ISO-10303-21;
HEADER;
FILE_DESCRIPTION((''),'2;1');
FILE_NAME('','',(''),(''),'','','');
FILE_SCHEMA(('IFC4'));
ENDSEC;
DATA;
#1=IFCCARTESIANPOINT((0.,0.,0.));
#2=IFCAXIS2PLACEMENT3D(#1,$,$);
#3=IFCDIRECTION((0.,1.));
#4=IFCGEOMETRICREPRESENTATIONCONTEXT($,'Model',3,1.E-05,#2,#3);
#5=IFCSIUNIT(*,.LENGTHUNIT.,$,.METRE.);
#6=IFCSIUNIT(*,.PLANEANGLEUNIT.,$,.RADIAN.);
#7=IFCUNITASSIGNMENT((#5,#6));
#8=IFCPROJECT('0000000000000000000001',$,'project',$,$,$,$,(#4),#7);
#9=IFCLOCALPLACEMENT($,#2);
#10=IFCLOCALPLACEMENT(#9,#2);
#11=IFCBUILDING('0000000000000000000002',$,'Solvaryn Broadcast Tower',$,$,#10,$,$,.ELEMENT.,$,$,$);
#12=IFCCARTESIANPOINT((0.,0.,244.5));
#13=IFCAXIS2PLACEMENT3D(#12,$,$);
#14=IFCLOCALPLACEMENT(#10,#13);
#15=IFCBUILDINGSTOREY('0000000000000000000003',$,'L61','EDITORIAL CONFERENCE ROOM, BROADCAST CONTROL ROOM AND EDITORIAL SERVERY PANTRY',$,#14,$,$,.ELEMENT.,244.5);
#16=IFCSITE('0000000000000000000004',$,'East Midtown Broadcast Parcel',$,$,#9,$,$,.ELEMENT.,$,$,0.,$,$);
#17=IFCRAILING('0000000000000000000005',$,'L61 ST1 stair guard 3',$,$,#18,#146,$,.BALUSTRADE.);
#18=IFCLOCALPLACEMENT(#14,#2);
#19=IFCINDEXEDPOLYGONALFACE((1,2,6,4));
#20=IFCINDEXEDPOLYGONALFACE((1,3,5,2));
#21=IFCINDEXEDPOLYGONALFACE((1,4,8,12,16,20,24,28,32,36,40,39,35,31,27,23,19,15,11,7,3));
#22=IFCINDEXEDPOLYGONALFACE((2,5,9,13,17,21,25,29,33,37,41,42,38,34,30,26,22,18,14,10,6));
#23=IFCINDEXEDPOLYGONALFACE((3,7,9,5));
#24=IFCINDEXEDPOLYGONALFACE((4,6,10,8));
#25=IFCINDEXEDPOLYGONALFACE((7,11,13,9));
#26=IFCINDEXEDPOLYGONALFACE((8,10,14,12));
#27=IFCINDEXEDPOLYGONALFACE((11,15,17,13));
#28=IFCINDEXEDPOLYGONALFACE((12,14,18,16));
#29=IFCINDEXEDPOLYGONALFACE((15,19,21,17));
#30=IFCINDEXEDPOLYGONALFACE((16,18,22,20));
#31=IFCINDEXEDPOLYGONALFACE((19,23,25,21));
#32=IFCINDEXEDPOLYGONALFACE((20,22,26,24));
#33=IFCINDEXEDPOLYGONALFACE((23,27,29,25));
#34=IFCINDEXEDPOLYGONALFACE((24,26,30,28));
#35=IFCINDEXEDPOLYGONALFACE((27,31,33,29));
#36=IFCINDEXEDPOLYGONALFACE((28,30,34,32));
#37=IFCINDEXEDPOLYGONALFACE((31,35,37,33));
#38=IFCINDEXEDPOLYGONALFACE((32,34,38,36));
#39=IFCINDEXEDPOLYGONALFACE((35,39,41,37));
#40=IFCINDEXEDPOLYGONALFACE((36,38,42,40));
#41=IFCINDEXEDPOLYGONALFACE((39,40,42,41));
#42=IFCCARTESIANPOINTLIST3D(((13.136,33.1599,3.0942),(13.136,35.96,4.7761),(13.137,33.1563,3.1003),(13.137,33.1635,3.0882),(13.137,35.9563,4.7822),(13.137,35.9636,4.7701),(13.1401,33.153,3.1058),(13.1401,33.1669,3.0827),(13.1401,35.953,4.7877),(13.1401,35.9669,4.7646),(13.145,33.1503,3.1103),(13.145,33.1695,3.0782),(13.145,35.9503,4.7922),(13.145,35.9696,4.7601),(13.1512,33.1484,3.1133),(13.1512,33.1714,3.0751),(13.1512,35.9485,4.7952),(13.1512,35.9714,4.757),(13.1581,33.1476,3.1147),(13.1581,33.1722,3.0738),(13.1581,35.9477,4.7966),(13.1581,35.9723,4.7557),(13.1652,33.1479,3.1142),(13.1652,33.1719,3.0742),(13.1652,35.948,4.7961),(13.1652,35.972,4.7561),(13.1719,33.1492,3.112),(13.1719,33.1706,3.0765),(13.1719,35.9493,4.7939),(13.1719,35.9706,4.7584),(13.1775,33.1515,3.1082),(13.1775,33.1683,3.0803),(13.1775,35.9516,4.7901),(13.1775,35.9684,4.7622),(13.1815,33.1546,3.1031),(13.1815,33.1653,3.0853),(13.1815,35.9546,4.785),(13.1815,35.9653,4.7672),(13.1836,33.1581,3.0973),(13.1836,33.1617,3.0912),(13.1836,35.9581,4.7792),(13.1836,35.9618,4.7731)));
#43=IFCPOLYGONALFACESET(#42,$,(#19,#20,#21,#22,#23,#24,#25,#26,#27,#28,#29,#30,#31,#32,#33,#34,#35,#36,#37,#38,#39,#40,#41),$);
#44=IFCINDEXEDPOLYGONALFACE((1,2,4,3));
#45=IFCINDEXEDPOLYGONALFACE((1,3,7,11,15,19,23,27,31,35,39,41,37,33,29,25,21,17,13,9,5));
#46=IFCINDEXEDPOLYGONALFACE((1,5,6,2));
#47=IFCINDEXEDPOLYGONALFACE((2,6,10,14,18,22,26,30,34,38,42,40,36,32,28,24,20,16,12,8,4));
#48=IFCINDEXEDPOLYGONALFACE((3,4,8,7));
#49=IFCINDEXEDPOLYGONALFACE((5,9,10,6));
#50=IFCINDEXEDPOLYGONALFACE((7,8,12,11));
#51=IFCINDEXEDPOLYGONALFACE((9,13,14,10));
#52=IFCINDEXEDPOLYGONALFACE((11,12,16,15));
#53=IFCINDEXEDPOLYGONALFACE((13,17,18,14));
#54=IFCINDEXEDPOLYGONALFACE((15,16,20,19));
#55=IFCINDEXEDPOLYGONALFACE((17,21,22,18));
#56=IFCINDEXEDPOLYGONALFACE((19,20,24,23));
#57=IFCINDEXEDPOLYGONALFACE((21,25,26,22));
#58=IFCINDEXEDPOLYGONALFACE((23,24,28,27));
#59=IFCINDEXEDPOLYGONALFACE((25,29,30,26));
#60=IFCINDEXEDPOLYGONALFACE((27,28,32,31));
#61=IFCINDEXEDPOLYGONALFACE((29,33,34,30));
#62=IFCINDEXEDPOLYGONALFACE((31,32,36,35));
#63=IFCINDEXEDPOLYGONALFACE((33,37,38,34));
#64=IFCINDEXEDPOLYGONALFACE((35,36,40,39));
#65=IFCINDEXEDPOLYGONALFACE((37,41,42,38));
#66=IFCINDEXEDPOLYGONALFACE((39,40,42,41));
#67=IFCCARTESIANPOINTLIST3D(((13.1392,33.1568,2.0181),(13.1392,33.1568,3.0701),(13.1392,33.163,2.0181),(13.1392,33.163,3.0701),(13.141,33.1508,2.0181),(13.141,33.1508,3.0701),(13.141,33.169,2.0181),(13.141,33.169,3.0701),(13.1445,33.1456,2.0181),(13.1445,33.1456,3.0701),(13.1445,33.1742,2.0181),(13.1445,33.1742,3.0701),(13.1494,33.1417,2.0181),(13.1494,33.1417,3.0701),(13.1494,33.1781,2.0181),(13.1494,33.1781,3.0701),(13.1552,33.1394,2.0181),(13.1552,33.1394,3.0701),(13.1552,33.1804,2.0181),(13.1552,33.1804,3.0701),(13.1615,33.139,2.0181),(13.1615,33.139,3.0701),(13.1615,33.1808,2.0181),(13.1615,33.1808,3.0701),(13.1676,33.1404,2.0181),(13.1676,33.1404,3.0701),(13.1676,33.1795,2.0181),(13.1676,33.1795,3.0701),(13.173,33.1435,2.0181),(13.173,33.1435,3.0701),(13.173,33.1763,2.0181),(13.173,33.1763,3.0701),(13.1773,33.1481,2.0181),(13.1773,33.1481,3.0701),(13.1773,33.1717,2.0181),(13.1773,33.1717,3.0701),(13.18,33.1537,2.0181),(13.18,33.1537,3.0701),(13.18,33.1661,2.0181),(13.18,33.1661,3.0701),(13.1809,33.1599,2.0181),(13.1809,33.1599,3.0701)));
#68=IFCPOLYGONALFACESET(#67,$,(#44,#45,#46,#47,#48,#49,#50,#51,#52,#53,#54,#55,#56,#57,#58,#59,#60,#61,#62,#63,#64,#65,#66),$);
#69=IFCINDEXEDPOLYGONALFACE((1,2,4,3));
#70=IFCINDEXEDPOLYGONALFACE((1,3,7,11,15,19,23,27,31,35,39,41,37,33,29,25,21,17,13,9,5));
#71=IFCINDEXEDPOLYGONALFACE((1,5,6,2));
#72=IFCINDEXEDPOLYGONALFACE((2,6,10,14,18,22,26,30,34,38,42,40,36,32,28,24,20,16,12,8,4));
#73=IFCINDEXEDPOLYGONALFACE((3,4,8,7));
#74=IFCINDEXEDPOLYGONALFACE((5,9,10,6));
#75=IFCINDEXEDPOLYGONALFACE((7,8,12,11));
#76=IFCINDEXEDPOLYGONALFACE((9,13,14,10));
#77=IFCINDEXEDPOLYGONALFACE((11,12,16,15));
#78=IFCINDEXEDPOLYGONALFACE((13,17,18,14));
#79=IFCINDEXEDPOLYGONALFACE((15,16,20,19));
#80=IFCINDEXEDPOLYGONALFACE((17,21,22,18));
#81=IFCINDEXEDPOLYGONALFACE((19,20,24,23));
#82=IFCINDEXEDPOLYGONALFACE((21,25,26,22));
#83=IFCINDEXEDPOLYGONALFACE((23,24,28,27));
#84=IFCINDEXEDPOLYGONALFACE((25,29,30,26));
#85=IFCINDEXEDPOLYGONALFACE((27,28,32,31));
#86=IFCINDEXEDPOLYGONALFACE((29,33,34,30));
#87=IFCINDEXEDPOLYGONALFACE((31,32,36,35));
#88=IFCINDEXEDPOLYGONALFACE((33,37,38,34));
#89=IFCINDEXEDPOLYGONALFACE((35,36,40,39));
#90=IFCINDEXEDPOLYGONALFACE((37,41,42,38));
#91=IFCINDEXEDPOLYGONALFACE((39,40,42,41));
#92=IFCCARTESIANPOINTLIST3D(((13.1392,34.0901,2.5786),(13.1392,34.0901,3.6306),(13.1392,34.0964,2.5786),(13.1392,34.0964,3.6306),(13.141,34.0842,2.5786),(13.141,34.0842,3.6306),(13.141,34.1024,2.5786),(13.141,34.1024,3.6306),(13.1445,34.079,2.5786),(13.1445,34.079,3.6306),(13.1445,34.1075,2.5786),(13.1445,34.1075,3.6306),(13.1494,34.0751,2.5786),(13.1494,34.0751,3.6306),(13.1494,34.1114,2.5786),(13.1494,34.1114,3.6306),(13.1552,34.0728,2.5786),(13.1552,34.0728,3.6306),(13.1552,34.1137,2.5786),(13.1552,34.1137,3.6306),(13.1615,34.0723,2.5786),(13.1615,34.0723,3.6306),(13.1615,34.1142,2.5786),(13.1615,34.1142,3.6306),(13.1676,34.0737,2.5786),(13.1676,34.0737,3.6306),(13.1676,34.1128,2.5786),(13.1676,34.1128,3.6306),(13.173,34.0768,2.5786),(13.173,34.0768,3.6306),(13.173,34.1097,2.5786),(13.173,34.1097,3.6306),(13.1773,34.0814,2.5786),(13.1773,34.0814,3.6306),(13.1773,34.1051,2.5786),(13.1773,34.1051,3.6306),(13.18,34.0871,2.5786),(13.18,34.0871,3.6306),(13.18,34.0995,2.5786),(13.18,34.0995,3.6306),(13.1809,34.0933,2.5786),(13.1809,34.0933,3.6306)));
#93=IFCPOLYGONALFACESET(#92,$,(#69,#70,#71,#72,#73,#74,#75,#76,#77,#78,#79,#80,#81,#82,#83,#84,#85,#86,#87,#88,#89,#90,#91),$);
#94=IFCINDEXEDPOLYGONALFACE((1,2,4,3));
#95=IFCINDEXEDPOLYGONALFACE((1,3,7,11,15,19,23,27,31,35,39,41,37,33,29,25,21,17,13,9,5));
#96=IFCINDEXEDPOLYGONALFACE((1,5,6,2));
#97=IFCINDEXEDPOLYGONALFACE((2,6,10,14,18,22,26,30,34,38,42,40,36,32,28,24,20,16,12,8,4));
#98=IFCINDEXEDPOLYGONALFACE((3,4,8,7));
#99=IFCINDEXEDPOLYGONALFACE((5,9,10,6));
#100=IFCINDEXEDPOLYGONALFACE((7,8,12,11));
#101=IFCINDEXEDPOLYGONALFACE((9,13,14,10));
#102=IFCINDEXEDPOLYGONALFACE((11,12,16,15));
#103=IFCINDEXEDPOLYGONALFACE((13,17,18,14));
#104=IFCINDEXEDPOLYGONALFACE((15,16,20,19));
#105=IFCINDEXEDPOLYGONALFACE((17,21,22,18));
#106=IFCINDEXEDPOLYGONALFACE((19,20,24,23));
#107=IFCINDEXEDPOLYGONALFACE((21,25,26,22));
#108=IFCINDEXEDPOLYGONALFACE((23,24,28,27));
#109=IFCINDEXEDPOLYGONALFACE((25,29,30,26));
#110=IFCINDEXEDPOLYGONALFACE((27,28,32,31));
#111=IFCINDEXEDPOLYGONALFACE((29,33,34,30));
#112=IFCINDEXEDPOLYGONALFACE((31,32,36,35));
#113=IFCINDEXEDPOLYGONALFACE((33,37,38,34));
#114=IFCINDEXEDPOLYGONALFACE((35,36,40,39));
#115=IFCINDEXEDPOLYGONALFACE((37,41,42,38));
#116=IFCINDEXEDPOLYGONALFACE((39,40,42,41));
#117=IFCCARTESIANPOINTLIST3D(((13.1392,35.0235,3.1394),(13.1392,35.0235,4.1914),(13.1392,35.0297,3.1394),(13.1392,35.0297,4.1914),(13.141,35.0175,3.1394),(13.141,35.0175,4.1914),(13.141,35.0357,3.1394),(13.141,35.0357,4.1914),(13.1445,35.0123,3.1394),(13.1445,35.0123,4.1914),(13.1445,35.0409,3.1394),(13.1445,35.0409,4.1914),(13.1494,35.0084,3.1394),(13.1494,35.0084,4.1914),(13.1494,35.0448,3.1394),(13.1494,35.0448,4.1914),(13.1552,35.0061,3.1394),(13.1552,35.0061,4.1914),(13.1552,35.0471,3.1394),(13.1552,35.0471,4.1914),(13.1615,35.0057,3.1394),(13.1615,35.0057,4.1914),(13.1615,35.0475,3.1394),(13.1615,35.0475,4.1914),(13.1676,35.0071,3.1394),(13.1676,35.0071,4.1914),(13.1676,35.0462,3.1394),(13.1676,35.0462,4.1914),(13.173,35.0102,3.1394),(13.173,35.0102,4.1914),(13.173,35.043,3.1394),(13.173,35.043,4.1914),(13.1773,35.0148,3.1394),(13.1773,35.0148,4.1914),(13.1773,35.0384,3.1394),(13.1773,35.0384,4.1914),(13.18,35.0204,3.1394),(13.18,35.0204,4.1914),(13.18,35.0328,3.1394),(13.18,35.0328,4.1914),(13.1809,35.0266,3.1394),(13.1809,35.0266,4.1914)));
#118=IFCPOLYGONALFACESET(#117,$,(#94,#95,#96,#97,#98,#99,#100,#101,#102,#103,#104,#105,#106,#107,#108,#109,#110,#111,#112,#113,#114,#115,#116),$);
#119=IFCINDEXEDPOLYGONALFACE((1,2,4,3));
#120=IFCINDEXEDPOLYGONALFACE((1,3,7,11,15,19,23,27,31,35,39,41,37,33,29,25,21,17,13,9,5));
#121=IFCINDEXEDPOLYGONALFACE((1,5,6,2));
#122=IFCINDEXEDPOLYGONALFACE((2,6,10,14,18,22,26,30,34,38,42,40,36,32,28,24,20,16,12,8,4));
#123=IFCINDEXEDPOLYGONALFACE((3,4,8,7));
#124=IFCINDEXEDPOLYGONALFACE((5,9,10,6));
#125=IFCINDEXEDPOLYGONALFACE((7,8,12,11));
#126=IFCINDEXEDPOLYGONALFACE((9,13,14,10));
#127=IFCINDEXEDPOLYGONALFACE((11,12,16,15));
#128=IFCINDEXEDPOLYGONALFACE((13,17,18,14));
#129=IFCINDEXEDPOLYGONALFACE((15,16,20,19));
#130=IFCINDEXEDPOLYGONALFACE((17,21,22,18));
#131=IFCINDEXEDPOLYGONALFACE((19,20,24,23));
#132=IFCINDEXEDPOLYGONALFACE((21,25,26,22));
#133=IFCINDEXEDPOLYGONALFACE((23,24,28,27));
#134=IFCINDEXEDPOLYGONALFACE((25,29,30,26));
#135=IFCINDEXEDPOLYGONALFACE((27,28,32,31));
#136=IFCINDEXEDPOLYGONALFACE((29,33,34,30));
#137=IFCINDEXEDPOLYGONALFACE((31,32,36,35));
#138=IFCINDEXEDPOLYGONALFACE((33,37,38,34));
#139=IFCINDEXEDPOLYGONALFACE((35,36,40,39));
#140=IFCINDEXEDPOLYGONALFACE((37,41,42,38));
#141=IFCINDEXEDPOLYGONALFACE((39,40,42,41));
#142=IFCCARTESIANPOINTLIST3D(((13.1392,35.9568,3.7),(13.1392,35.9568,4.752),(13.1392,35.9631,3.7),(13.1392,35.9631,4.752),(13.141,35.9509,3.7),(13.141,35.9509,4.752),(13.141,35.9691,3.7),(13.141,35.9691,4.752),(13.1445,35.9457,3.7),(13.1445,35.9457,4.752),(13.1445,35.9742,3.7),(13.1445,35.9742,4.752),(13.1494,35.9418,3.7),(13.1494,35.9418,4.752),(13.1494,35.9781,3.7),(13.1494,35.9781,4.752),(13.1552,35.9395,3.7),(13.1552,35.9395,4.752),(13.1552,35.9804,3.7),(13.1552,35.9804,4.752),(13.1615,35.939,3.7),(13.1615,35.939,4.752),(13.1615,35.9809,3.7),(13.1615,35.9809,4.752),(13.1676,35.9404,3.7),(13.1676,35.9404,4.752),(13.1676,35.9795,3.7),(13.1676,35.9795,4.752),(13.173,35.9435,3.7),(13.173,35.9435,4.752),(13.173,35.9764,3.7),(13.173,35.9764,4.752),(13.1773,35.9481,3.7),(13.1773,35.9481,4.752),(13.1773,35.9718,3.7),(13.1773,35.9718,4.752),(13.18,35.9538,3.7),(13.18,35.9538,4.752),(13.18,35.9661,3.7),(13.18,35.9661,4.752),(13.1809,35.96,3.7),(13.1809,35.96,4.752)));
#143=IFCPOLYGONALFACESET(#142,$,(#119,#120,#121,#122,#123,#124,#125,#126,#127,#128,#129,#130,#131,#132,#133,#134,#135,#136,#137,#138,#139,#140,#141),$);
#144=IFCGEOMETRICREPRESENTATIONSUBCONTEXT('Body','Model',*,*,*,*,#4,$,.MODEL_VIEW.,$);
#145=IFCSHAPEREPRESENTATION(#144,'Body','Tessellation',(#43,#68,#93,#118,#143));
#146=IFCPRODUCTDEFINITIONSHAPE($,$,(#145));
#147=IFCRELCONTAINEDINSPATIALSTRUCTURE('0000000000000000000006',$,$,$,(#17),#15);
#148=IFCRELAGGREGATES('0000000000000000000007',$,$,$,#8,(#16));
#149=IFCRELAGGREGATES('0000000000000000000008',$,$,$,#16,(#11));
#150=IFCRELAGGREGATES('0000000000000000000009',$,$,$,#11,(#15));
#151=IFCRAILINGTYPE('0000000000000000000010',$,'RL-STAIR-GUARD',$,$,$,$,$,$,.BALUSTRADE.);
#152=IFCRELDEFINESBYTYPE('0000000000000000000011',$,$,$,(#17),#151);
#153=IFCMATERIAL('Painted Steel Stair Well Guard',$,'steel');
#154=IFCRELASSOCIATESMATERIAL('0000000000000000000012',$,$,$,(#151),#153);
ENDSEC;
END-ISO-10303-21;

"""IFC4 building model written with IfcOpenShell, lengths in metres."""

from ifc_helpers import new_model, si_unit, direction, frame, origin, origin_2d, place, context, subcontext, project, spatial, circle, extrude, material, type_object, element, save


model = new_model("IFC4")

# Units and contexts
model_context = context("Model", 3, precision=1e-05, world=origin(), true_north=direction((0.0, 1.0)))
body_context = subcontext(model_context, "Body", "Model", "MODEL_VIEW")
ifc_project = project(units=[si_unit("LENGTHUNIT", "METRE"), si_unit("PLANEANGLEUNIT", "RADIAN")], contexts=[model_context])

# Site, building, storey
site_placement = place(None, origin())
site = spatial("IfcSite", under=ifc_project, at=site_placement, Name="East Midtown Broadcast Parcel", CompositionType="ELEMENT", RefElevation=0.0)
building_placement = place(site_placement, origin())
building = spatial("IfcBuilding", under=site, at=building_placement, Name="Solvaryn Broadcast Tower", CompositionType="ELEMENT")
storey_placement = place(building_placement, frame((0.0, 0.0, 244.5)))
storey = spatial("IfcBuildingStorey", under=building, at=storey_placement, Name="L61", Description="EDITORIAL CONFERENCE ROOM, BROADCAST CONTROL ROOM AND EDITORIAL SERVERY PANTRY", CompositionType="ELEMENT", Elevation=244.5)

# Railing
ifc_material_1 = material(Name="Painted Steel Stair Well Guard", Category="steel")
railing_type_1 = type_object("IfcRailingType", Name="RL-STAIR-GUARD", PredefinedType="BALUSTRADE", material=ifc_material_1)
railing_1_placement = place(storey_placement, frame((13.1599, 33.1599, 2.0181)))
element("IfcRailing", 1, at=railing_1_placement, inside=storey, type_object=railing_type_1, Name="L61 ST1 stair guard 3", PredefinedType="BALUSTRADE", context=body_context, shape_type="SweptSolid", body=[
    extrude(circle(Radius=0.0239, at=origin_2d()), frame((0.0, 0.0, 1.0762), z_axis=(0.0, 0.857242, 0.514913), x_axis=(-1.0, 0.0, 0.0)), (0.0, 0.0, 1.0), 3.2664),
    extrude(circle(Radius=0.021, at=origin_2d()), origin(), (0.0, 0.0, 1.0), 1.052),
    extrude(circle(Radius=0.021, at=origin_2d()), frame((0.0, 0.9333, 0.5605)), (0.0, 0.0, 1.0), 1.052),
    extrude(circle(Radius=0.021, at=origin_2d()), frame((0.0, 1.8667, 1.1213)), (0.0, 0.0, 1.0), 1.052),
    extrude(circle(Radius=0.021, at=origin_2d()), frame((0.0, 2.8, 1.6819)), (0.0, 0.0, 1.0), 1.052),
])

save(model, "model.ifc")
